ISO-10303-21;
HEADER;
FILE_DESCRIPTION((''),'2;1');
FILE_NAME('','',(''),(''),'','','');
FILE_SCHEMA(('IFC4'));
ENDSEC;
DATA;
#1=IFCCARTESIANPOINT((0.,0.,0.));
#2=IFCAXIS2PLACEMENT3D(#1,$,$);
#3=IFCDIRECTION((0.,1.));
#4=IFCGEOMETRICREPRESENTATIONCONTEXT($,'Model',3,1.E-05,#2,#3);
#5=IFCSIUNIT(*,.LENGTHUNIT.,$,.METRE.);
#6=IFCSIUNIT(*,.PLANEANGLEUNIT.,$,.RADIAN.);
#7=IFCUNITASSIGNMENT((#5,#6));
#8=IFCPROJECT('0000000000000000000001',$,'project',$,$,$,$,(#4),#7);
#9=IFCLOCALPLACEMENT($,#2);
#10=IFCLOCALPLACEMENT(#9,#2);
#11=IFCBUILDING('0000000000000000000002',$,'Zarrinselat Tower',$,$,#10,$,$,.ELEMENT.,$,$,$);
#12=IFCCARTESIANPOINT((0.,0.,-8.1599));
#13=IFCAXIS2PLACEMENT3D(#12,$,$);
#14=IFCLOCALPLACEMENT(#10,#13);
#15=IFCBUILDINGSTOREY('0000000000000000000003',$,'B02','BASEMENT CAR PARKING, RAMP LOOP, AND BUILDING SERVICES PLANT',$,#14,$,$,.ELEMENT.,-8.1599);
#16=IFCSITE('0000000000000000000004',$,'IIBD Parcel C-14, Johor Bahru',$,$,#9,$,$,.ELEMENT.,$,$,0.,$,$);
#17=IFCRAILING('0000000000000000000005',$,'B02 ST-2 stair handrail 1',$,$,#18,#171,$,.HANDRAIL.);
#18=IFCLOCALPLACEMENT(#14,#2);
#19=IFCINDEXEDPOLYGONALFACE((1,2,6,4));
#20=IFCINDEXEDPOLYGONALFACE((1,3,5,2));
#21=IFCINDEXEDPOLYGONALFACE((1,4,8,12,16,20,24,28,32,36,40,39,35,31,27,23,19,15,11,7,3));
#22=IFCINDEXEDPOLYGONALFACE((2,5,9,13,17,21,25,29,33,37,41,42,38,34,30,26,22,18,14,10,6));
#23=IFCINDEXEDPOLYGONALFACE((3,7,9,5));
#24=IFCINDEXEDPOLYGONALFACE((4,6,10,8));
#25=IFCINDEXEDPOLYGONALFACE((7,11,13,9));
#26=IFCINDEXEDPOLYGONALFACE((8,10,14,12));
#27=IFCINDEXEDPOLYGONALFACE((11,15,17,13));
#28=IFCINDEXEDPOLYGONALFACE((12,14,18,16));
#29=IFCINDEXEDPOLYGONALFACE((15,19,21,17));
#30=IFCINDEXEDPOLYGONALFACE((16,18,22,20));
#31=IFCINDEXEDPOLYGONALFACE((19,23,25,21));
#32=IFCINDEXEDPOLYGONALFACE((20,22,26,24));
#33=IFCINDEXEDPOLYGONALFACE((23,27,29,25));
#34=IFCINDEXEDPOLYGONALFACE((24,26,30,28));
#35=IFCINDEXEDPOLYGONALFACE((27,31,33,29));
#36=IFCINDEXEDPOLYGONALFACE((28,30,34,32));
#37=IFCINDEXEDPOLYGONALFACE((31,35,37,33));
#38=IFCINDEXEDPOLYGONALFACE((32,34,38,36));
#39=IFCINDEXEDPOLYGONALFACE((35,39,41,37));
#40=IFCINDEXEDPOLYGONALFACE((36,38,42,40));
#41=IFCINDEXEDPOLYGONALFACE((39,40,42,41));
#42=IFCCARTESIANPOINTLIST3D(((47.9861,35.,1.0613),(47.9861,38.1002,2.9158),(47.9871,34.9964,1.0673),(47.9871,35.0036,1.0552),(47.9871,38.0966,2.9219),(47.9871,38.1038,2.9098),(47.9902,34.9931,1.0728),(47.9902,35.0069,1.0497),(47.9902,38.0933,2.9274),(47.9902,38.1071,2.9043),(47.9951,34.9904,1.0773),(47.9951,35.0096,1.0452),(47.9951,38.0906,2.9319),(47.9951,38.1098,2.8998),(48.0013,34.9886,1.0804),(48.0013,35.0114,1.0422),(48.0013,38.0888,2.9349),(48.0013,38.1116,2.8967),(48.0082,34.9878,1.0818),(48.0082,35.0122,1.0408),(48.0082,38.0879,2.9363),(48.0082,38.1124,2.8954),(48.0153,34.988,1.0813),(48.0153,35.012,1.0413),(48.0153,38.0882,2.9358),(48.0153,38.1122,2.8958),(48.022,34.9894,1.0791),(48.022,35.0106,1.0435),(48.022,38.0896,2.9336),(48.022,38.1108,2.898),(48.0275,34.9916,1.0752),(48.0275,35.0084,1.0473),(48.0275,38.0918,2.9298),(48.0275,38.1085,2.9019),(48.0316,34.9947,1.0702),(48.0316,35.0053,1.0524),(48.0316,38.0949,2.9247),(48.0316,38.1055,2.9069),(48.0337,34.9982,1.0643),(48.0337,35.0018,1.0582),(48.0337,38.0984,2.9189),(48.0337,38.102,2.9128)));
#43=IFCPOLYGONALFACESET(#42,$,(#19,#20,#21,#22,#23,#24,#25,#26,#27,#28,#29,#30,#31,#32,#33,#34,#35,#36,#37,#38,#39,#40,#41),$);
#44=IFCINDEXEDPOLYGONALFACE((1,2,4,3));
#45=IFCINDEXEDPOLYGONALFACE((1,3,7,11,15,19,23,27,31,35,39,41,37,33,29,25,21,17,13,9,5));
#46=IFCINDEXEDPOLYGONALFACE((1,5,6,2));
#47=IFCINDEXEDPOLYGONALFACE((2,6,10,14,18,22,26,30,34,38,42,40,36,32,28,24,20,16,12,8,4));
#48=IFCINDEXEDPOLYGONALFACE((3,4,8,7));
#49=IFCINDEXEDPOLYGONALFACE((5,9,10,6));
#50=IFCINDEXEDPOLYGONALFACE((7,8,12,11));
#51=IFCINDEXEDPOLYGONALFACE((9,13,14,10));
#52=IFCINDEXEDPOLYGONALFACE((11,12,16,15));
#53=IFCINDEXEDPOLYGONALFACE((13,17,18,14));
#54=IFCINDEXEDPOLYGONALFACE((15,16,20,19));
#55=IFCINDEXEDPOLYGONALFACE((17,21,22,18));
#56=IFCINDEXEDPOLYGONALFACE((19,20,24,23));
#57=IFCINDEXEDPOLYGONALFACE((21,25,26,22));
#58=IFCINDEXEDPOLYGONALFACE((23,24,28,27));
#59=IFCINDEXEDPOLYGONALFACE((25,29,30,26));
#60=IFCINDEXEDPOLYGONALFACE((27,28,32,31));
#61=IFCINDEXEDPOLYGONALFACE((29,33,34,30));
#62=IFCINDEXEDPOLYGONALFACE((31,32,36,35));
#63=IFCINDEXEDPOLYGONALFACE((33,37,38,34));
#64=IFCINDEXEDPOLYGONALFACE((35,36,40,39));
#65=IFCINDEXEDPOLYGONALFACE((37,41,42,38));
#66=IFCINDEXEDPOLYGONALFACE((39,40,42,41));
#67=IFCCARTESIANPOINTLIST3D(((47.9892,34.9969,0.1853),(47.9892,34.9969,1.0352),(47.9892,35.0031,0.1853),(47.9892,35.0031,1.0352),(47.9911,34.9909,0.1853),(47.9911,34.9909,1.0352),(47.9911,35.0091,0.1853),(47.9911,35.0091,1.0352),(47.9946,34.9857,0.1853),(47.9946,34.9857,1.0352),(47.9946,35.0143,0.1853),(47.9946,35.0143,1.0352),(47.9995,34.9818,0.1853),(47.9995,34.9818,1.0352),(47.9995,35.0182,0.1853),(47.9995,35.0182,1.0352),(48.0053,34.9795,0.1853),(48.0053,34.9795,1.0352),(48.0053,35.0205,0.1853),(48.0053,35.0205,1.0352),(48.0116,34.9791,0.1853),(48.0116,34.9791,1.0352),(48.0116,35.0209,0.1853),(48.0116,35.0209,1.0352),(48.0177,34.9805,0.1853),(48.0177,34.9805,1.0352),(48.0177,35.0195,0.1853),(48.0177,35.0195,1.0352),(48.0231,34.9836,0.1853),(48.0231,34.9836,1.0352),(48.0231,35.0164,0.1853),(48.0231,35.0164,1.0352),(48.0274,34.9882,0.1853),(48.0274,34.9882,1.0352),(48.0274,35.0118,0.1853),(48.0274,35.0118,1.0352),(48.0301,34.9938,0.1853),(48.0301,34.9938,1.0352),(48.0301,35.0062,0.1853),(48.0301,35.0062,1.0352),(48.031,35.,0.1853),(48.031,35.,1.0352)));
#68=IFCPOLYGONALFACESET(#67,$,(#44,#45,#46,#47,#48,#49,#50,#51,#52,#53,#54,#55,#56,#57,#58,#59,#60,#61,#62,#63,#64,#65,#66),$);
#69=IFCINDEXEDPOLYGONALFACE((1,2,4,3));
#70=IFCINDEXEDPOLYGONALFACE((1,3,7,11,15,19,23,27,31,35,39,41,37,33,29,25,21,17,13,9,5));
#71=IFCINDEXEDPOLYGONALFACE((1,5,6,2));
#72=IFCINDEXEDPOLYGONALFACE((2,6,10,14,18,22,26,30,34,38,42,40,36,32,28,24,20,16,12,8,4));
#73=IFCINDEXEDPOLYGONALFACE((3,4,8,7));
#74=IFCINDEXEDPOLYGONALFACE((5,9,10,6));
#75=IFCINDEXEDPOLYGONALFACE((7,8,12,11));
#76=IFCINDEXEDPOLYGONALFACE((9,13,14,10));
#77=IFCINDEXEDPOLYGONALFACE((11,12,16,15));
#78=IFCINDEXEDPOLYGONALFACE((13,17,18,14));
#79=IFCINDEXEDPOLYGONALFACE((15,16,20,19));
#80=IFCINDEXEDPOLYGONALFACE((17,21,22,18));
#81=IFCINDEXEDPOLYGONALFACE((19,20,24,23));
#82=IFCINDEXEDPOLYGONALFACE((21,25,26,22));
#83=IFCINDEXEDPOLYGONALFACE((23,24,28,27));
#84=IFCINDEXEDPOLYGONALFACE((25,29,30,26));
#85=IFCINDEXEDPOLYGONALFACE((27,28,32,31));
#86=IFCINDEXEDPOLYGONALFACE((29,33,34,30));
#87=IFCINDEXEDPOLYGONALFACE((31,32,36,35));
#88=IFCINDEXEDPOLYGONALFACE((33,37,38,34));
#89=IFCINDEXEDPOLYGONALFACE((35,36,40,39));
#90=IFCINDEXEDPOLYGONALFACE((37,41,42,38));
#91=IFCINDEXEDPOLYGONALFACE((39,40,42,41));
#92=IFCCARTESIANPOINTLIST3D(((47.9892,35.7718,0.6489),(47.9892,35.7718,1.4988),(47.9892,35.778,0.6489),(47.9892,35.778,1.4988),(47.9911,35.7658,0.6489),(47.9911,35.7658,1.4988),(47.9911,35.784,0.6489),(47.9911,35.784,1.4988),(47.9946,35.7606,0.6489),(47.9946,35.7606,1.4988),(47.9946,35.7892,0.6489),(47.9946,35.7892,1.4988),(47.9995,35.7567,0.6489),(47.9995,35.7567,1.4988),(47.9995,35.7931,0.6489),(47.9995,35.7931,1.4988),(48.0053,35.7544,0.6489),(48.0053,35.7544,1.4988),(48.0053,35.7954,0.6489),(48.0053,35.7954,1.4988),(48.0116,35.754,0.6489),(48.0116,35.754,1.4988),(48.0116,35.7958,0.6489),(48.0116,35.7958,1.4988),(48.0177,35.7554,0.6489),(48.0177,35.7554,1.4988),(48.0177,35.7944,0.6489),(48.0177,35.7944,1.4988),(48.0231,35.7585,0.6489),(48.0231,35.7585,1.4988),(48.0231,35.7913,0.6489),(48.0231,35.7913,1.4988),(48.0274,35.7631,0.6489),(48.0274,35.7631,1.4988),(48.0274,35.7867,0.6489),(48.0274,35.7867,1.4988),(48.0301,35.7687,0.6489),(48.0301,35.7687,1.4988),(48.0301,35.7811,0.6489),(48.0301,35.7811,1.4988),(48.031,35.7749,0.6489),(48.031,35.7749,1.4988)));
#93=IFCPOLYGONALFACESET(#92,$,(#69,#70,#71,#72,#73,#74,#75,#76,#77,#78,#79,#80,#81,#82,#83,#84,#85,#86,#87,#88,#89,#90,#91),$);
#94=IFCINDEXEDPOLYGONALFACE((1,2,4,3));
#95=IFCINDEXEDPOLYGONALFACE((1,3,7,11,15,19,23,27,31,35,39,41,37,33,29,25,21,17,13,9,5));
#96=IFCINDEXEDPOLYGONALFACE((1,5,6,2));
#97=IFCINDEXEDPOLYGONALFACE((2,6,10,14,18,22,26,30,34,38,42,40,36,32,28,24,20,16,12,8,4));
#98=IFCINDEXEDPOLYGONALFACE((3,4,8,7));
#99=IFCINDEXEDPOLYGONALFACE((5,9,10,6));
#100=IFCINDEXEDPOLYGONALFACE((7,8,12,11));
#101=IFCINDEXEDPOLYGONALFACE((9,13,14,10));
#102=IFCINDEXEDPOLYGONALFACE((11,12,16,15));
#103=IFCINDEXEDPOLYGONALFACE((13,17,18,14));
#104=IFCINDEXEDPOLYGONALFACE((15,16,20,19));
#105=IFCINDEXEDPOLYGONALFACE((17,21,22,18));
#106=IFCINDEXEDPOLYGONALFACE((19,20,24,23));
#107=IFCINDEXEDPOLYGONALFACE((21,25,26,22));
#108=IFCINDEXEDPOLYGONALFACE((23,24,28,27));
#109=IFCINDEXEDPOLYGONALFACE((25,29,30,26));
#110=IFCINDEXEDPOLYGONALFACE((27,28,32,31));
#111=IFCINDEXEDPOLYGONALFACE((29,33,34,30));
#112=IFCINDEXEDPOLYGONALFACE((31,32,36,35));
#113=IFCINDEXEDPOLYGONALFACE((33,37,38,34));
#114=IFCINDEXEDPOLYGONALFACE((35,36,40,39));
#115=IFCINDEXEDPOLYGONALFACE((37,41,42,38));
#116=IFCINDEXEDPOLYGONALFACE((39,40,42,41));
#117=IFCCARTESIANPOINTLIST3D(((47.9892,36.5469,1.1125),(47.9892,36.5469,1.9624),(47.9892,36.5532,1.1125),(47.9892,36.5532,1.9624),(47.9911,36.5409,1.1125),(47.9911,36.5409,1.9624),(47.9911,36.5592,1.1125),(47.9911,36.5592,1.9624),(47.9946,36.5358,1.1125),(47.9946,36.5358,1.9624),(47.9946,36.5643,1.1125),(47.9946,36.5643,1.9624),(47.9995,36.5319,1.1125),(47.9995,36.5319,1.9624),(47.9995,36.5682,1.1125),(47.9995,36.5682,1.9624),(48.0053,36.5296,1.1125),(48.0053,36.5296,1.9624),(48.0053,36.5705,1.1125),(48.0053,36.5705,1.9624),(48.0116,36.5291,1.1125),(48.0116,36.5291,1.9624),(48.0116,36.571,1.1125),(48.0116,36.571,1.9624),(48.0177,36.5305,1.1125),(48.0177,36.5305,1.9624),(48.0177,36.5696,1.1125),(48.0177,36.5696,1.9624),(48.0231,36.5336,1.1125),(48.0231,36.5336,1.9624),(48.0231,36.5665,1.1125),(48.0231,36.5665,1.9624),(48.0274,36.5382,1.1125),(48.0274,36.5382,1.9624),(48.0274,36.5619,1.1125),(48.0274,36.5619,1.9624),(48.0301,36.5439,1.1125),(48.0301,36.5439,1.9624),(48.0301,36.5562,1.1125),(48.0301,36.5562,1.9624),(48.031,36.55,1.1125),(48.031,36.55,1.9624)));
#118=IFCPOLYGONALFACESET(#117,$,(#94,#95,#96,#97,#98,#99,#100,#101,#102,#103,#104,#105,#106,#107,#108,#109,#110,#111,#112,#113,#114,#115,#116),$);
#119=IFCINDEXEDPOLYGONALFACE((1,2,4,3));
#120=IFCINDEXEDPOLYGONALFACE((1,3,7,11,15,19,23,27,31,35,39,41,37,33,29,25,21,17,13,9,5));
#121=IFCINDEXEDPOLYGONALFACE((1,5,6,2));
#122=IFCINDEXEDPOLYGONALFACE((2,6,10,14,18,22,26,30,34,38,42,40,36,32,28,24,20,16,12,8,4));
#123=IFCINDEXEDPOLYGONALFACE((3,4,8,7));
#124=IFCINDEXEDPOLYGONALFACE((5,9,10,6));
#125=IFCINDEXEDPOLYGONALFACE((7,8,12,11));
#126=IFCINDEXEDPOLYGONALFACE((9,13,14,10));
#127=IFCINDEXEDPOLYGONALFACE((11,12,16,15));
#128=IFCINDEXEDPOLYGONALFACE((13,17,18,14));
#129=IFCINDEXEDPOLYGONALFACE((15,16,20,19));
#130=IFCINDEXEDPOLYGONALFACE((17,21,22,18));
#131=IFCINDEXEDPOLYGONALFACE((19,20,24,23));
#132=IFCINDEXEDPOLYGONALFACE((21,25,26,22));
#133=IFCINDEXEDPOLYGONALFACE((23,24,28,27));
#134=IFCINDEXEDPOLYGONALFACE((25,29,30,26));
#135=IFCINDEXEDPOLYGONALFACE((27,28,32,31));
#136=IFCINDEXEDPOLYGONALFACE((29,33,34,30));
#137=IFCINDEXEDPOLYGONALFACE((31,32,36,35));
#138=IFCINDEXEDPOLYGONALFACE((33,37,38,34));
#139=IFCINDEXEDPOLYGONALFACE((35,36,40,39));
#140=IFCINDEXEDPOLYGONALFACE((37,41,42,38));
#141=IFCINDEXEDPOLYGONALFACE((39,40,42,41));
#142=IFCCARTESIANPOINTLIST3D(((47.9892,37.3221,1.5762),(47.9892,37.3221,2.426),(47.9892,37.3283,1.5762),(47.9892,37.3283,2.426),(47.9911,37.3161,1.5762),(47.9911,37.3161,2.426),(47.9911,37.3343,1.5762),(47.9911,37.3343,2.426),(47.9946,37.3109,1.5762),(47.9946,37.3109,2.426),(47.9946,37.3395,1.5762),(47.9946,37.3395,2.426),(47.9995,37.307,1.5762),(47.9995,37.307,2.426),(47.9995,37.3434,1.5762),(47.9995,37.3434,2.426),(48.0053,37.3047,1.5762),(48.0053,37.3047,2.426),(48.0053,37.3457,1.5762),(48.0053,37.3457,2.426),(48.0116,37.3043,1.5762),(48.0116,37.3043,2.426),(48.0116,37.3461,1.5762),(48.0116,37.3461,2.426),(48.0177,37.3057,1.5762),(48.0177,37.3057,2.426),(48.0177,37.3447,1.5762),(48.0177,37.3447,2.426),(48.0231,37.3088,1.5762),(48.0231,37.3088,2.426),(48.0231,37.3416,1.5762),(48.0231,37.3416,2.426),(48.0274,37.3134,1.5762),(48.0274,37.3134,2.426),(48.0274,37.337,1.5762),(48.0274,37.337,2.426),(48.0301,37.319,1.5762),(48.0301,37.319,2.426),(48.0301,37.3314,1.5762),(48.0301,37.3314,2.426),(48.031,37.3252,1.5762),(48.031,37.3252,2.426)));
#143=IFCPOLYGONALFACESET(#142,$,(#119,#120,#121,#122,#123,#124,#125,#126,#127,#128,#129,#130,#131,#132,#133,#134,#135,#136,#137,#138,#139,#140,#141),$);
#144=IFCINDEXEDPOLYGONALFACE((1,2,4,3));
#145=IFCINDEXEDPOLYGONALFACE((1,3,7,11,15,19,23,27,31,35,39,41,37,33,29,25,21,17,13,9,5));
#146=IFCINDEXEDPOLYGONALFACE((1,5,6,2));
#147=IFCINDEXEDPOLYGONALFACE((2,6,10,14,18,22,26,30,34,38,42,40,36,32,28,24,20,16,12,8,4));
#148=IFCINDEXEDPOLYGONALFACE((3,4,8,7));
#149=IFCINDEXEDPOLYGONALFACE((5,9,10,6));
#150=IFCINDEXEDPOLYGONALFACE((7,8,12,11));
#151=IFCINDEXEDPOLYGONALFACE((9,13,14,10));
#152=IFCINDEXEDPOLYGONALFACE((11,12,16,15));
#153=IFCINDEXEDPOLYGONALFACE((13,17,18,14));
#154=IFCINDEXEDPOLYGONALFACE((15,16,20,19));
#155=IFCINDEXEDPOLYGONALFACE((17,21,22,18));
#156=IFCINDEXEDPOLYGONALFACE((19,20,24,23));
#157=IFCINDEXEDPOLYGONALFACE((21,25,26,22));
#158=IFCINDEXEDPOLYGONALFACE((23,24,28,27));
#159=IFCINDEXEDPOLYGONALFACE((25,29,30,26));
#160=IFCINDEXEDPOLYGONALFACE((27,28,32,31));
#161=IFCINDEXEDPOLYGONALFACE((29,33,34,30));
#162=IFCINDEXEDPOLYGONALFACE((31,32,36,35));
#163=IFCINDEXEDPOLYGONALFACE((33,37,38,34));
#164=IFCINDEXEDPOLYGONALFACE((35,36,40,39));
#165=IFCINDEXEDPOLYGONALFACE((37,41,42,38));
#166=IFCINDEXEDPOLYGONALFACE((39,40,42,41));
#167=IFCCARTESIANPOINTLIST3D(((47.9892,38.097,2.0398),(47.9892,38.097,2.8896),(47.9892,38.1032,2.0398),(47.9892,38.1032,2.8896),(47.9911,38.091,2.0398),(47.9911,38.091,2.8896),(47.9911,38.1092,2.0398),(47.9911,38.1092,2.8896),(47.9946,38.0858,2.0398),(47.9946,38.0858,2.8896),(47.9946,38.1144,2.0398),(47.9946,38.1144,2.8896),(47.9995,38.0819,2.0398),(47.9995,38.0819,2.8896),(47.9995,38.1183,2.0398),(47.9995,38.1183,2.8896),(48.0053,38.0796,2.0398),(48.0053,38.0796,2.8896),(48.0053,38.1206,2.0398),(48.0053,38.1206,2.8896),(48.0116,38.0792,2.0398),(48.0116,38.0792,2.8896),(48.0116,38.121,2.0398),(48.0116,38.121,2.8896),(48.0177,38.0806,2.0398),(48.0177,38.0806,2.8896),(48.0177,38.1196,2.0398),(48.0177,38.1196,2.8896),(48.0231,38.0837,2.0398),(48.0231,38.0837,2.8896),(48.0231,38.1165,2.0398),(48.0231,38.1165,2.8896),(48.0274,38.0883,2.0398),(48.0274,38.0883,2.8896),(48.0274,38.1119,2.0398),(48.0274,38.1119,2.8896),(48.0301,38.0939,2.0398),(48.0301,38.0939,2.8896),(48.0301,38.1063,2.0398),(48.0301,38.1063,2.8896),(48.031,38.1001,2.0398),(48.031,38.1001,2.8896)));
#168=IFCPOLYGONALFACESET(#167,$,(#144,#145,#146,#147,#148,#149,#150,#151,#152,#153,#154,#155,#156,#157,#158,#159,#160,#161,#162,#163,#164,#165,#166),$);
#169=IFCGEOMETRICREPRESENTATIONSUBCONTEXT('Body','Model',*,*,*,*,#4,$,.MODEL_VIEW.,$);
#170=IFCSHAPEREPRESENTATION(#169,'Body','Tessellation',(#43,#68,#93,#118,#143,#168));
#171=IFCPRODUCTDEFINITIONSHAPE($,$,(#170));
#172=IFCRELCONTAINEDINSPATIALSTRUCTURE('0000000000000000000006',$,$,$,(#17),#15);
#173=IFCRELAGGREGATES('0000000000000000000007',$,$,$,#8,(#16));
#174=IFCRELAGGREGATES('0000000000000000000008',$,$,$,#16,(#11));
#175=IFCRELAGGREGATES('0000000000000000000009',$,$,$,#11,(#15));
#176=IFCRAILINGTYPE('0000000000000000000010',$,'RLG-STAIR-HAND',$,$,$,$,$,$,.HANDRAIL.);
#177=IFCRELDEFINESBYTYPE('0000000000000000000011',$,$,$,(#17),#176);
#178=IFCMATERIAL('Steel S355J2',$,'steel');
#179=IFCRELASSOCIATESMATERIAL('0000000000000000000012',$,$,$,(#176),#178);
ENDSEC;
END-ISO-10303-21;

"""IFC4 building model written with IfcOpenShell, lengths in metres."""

from ifc_helpers import new_model, si_unit, direction, frame, origin, origin_2d, place, context, subcontext, project, spatial, circle, extrude, material, type_object, element, save


model = new_model("IFC4")

# Units and contexts
model_context = context("Model", 3, precision=1e-05, world=origin(), true_north=direction((0.0, 1.0)))
body_context = subcontext(model_context, "Body", "Model", "MODEL_VIEW")
ifc_project = project(units=[si_unit("LENGTHUNIT", "METRE"), si_unit("PLANEANGLEUNIT", "RADIAN")], contexts=[model_context])

# Site, building, storey
site_placement = place(None, origin())
site = spatial("IfcSite", under=ifc_project, at=site_placement, Name="IIBD Parcel C-14, Johor Bahru", CompositionType="ELEMENT", RefElevation=0.0)
building_placement = place(site_placement, origin())
building = spatial("IfcBuilding", under=site, at=building_placement, Name="Zarrinselat Tower", CompositionType="ELEMENT")
storey_placement = place(building_placement, frame((0.0, 0.0, -8.1599)))
storey = spatial("IfcBuildingStorey", under=building, at=storey_placement, Name="B02", Description="BASEMENT CAR PARKING, RAMP LOOP, AND BUILDING SERVICES PLANT", CompositionType="ELEMENT", Elevation=-8.1599)

# Railing
ifc_material_1 = material(Name="Steel S355J2", Category="steel")
railing_type_1 = type_object("IfcRailingType", Name="RLG-STAIR-HAND", PredefinedType="HANDRAIL", material=ifc_material_1)
railing_1_placement = place(storey_placement, frame((48.01, 35.0, 0.1853)))
element("IfcRailing", 1, at=railing_1_placement, inside=storey, type_object=railing_type_1, Name="B02 ST-2 stair handrail 1", PredefinedType="HANDRAIL", context=body_context, shape_type="SweptSolid", body=[
    extrude(circle(Radius=0.0239, at=origin_2d()), frame((0.0, 0.0, 0.876), z_axis=(0.0, 0.858172, 0.513362), x_axis=(-1.0, 0.0, 0.0)), (0.0, 0.0, 1.0), 3.6125),
    extrude(circle(Radius=0.021, at=origin_2d()), origin(), (0.0, 0.0, 1.0), 0.8499),
    extrude(circle(Radius=0.021, at=origin_2d()), frame((0.0, 0.7749, 0.4636)), (0.0, 0.0, 1.0), 0.8499),
    extrude(circle(Radius=0.021, at=origin_2d()), frame((0.0, 1.55, 0.9272)), (0.0, 0.0, 1.0), 0.8499),
    extrude(circle(Radius=0.021, at=origin_2d()), frame((0.0, 2.3252, 1.3909)), (0.0, 0.0, 1.0), 0.8499),
    extrude(circle(Radius=0.021, at=origin_2d()), frame((0.0, 3.1001, 1.8545)), (0.0, 0.0, 1.0), 0.8499),
])

save(model, "model.ifc")
